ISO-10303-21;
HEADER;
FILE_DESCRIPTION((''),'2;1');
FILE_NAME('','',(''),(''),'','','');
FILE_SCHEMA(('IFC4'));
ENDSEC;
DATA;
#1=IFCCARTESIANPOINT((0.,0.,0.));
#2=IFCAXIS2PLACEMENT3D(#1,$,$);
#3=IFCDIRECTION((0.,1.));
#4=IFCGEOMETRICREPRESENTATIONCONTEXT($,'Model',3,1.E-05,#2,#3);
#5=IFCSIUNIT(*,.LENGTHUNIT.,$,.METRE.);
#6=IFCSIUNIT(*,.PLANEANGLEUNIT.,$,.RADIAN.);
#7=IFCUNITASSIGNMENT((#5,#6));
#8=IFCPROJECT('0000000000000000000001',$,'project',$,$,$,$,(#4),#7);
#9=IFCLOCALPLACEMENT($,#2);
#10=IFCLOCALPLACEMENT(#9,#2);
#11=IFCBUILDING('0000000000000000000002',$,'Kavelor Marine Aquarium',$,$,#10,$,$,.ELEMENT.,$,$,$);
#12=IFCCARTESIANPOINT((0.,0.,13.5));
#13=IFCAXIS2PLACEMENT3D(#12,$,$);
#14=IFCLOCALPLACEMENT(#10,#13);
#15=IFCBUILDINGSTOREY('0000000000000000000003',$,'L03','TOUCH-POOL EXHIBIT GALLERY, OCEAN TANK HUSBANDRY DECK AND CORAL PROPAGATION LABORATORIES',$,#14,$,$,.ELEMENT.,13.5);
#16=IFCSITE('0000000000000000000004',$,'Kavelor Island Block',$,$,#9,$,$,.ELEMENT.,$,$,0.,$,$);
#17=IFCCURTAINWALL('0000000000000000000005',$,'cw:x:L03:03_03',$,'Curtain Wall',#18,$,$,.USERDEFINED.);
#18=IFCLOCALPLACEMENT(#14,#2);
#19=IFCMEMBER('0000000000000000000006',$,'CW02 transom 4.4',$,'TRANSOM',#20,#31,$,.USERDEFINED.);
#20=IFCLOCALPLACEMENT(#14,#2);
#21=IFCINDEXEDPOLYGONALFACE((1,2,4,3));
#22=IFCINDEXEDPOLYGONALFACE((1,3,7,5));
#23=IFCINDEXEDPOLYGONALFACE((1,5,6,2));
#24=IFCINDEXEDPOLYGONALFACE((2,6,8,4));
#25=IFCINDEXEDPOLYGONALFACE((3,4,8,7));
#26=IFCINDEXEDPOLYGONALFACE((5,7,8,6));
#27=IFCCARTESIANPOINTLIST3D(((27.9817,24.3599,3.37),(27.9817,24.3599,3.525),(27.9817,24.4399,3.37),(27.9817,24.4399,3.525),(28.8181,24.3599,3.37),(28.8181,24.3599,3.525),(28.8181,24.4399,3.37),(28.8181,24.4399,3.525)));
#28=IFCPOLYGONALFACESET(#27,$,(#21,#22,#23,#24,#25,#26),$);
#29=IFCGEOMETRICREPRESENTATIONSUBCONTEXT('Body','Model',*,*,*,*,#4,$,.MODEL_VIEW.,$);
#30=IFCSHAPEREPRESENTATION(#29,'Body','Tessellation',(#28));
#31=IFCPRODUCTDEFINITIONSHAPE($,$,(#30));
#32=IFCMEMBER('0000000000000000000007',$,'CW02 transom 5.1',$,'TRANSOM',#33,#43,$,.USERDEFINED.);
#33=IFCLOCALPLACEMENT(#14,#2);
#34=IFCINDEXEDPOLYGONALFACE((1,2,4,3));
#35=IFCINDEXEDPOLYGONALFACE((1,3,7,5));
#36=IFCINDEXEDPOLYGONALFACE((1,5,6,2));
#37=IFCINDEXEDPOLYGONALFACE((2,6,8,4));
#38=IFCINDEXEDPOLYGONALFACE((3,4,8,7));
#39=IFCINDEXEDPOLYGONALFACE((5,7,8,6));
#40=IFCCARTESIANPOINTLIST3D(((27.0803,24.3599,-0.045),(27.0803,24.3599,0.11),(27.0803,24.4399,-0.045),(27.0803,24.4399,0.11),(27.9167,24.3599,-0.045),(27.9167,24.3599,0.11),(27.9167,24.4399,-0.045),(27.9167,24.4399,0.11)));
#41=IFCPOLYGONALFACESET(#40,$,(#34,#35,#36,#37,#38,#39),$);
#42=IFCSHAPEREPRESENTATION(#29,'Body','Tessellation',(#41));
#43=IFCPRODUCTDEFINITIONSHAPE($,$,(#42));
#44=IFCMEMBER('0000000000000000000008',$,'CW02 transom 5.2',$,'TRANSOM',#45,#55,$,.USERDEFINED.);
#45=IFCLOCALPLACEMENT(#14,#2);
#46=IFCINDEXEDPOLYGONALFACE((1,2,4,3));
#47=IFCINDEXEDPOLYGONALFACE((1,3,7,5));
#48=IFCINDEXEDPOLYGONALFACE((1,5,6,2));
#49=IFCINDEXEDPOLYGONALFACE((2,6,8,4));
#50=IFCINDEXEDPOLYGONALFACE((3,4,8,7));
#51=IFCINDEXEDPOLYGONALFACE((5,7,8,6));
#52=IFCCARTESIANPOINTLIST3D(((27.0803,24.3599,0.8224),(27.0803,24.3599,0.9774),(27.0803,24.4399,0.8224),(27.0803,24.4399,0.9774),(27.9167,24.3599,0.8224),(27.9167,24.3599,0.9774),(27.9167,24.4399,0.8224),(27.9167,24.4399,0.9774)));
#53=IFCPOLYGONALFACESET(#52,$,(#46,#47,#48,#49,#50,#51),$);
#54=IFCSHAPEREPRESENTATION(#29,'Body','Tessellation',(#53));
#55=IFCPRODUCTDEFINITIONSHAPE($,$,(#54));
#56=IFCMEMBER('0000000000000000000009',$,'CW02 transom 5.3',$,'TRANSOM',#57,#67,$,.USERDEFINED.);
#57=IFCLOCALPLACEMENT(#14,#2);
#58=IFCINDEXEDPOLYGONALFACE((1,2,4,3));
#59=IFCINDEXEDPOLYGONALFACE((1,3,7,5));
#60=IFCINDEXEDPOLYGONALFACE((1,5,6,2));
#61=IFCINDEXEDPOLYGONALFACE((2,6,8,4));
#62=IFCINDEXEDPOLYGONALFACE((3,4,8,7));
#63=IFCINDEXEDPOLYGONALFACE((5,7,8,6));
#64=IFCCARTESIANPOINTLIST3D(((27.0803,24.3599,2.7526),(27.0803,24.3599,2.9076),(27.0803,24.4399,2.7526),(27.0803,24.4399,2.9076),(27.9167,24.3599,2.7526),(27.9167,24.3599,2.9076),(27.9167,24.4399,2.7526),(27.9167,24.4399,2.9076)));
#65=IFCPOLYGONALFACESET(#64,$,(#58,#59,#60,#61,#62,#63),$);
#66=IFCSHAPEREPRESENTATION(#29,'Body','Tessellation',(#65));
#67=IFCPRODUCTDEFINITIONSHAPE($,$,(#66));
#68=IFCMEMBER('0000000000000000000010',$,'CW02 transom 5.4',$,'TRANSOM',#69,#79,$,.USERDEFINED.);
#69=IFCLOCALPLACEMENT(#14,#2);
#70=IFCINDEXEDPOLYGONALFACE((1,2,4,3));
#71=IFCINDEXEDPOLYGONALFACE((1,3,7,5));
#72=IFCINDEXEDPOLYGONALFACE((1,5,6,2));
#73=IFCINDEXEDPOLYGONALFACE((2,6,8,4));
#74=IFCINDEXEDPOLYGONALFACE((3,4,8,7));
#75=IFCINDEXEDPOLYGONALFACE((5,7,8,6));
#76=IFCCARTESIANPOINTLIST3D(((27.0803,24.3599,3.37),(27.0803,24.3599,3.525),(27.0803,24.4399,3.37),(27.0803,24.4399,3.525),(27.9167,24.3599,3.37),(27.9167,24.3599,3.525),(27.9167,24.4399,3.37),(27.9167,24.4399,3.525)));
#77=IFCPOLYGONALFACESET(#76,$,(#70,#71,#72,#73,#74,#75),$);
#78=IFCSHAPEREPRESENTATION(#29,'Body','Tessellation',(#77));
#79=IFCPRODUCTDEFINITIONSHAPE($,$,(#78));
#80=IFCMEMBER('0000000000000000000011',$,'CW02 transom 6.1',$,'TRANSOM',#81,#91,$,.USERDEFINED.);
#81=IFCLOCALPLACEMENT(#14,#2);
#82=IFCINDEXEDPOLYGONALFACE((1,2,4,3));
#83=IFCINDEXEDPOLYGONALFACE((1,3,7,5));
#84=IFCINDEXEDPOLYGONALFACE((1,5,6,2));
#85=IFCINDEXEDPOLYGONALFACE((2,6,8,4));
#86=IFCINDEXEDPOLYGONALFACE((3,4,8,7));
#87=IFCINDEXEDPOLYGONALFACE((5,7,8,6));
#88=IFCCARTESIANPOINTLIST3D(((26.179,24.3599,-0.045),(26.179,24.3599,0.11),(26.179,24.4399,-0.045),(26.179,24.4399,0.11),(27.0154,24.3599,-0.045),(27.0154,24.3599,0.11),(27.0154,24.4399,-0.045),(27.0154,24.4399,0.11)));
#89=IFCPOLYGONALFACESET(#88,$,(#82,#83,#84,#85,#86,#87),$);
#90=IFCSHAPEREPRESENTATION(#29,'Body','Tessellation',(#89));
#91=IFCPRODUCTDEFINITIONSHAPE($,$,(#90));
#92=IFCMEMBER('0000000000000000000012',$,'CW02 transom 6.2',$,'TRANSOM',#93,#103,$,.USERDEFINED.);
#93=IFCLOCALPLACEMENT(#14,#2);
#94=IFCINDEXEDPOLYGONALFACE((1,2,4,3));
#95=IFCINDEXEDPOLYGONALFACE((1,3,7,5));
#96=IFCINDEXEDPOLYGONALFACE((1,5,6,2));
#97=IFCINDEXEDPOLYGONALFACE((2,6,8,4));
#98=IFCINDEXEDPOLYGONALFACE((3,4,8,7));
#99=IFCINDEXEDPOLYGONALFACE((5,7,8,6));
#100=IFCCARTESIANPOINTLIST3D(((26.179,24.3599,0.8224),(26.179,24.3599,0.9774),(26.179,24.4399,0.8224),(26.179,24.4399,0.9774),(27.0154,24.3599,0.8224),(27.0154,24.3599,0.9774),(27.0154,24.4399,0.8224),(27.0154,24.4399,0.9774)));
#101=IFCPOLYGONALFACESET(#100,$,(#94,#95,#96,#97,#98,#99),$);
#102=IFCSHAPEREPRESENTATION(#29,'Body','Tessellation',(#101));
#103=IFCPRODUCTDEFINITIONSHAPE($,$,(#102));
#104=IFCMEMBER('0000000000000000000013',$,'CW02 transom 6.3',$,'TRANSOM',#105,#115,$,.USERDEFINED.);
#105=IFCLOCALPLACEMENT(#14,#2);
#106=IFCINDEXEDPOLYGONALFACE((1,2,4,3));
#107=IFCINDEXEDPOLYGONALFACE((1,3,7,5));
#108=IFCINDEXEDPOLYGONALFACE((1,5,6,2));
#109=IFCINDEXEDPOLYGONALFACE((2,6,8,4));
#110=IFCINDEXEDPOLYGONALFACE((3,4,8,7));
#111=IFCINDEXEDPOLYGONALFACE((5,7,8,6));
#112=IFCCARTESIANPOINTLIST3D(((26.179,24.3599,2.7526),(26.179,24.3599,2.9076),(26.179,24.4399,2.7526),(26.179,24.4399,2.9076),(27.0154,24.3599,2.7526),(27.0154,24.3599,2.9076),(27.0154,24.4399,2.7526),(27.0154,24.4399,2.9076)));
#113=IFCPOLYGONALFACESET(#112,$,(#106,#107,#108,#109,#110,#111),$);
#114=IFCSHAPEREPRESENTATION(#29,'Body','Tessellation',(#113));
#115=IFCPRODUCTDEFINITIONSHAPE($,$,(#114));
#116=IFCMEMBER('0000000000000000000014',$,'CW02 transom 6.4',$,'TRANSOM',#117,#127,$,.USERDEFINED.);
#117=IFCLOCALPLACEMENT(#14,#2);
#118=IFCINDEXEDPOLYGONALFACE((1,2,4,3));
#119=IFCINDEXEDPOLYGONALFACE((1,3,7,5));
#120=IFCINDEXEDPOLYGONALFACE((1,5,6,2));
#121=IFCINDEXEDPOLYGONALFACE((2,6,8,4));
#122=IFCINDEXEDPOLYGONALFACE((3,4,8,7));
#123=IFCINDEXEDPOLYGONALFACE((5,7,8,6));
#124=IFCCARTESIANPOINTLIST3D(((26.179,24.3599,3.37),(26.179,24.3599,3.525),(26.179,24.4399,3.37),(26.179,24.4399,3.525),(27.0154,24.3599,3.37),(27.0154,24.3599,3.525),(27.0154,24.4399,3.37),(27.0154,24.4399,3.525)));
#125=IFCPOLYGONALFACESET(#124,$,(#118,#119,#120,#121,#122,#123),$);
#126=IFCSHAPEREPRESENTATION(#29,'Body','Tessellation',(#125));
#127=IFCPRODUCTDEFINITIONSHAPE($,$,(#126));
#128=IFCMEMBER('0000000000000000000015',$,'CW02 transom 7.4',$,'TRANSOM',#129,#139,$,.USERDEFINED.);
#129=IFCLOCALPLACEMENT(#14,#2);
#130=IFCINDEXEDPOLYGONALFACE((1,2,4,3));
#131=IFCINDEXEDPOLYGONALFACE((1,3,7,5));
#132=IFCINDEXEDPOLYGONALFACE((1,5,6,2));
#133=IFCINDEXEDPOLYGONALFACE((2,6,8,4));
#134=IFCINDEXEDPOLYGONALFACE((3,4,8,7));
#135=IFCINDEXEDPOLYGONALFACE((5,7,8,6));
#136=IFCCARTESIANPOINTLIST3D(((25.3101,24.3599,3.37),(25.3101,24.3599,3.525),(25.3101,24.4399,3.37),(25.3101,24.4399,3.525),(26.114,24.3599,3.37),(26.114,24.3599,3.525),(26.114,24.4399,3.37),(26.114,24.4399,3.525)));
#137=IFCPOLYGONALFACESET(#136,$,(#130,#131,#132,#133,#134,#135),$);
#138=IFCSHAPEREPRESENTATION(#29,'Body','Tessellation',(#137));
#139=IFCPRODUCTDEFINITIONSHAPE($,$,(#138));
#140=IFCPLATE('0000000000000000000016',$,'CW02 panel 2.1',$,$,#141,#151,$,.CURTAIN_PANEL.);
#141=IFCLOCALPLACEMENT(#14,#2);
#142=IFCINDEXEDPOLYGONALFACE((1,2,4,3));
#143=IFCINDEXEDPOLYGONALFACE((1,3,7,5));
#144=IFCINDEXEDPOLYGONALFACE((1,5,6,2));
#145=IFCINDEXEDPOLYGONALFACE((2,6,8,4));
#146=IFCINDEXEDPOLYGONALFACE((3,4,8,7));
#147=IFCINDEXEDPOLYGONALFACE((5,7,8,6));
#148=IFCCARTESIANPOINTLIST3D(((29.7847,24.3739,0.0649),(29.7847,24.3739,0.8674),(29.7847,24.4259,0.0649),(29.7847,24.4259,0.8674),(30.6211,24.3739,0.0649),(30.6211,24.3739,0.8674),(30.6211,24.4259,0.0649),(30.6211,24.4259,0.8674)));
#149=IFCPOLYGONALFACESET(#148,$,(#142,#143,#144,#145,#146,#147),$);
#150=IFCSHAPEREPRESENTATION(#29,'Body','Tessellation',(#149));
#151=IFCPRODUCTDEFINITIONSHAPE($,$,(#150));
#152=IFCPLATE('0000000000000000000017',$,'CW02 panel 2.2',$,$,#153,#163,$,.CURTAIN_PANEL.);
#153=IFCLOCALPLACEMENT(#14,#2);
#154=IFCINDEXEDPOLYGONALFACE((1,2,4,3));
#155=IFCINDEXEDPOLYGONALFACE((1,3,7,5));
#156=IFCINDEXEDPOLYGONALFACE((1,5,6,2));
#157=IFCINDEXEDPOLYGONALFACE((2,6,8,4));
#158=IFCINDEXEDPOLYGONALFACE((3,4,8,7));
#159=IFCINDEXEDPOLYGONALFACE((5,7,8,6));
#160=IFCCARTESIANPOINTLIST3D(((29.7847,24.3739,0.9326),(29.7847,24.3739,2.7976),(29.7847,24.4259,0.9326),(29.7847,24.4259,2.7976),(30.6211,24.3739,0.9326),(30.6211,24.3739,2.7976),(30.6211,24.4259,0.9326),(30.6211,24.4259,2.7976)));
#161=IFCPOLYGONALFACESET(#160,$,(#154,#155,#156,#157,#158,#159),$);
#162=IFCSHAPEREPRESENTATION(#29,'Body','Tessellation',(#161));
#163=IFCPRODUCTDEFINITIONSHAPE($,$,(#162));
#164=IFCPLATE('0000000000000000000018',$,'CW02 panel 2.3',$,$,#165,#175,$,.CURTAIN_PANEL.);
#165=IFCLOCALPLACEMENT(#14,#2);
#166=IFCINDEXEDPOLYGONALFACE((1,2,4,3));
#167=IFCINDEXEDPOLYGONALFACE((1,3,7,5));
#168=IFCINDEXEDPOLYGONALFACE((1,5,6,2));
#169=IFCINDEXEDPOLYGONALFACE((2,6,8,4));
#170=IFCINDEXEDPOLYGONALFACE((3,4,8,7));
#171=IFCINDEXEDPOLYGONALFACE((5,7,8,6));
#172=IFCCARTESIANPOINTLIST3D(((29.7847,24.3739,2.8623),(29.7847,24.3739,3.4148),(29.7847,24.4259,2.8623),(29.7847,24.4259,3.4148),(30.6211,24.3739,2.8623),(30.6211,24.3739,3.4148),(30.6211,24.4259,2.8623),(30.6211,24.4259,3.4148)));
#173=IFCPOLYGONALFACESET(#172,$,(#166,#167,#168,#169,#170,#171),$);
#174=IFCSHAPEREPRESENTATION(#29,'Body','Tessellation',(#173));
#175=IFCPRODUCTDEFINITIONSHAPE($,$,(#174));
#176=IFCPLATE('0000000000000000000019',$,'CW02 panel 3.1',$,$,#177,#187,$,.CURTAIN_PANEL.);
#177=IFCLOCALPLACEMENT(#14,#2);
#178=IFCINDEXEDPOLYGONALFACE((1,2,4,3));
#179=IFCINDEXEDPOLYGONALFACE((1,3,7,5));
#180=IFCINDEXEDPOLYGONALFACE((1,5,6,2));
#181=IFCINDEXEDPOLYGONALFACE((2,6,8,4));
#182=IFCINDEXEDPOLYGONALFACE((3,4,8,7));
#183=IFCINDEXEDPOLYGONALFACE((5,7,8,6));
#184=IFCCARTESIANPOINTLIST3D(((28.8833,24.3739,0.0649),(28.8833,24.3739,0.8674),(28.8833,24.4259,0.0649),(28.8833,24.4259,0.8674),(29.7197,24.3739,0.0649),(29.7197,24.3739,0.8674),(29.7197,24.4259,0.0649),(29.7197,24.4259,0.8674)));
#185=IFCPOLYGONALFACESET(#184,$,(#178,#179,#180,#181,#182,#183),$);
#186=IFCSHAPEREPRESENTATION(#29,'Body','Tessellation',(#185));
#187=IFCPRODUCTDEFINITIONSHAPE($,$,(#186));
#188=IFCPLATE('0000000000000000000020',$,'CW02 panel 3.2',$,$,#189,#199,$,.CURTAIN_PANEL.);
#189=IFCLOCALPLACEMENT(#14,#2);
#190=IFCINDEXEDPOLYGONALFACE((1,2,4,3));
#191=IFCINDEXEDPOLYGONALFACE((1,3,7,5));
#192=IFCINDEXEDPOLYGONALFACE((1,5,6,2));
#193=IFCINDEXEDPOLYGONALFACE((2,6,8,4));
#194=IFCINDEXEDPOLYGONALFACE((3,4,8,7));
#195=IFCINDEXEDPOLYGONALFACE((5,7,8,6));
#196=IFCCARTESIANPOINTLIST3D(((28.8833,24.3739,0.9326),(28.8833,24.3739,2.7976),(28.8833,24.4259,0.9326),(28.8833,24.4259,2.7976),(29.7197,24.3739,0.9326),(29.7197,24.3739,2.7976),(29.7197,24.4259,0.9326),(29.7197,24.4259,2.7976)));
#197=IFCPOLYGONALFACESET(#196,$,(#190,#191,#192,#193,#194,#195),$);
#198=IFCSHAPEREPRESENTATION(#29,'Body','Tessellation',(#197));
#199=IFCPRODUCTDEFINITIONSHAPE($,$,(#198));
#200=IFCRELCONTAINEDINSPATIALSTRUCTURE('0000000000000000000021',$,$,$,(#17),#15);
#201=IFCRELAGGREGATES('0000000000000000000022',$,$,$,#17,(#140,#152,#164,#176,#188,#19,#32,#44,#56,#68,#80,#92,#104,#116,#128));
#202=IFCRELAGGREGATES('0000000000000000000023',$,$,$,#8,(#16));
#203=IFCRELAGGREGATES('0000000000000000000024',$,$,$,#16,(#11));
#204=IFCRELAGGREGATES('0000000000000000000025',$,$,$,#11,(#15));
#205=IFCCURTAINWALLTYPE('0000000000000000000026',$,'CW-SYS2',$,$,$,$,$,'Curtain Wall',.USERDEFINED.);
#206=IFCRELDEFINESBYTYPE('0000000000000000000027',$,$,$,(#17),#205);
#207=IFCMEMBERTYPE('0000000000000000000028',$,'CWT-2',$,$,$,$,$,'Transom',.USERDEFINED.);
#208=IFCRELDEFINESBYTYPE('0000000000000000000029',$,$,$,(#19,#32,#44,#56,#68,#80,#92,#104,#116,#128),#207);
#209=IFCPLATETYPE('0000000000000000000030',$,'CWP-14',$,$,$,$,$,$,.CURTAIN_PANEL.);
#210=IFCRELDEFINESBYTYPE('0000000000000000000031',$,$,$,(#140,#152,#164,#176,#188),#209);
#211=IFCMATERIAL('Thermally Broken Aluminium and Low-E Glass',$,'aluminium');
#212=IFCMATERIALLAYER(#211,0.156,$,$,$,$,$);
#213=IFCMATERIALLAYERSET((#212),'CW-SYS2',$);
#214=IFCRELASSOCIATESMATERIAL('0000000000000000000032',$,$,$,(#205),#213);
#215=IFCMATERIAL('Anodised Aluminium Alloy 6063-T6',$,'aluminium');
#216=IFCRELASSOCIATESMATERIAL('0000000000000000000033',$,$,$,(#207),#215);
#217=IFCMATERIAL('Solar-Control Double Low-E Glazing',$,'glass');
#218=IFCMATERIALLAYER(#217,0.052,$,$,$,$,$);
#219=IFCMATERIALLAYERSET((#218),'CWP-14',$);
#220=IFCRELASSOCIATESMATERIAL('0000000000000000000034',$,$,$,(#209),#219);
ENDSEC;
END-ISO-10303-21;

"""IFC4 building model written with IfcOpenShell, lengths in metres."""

from ifc_helpers import new_model, si_unit, direction, frame, origin, origin_2d, place, context, subcontext, project, spatial, rectangle, extrude, material, layer, layer_set, material_profile, profile_set, type_object, element, aggregate, save


model = new_model("IFC4")

# Units and contexts
model_context = context("Model", 3, precision=1e-05, world=origin(), true_north=direction((0.0, 1.0)))
body_context = subcontext(model_context, "Body", "Model", "MODEL_VIEW")
ifc_project = project(units=[si_unit("LENGTHUNIT", "METRE"), si_unit("PLANEANGLEUNIT", "RADIAN")], contexts=[model_context])

# Site, building, storey
site_placement = place(None, origin())
site = spatial("IfcSite", under=ifc_project, at=site_placement, Name="Kavelor Island Block", CompositionType="ELEMENT", RefElevation=0.0)
building_placement = place(site_placement, origin())
building = spatial("IfcBuilding", under=site, at=building_placement, Name="Kavelor Marine Aquarium", CompositionType="ELEMENT")
storey_placement = place(building_placement, frame((0.0, 0.0, 13.5)))
storey = spatial("IfcBuildingStorey", under=building, at=storey_placement, Name="L03", Description="TOUCH-POOL EXHIBIT GALLERY, OCEAN TANK HUSBANDRY DECK AND CORAL PROPAGATION LABORATORIES", CompositionType="ELEMENT", Elevation=13.5)

# Curtain wall, members, plates
ifc_material_1 = material(Name="Thermally Broken Aluminium and Low-E Glass", Category="aluminium")
ifc_layer_1 = layer(ifc_material_1, 0.156)
ifc_layer_set_1 = layer_set([ifc_layer_1], Name="CW-SYS2")
curtain_wall_type = type_object("IfcCurtainWallType", Name="CW-SYS2", ElementType="Curtain Wall", PredefinedType="USERDEFINED", material=ifc_layer_set_1)
curtain_wall_placement = place(storey_placement, origin())
curtain_wall = element("IfcCurtainWall", 1, at=curtain_wall_placement, inside=storey, type_object=curtain_wall_type, Name="cw:x:L03:03_03", ObjectType="Curtain Wall", PredefinedType="USERDEFINED")
ifc_material_2 = material(Name="Anodised Aluminium Alloy 6063-T6", Category="aluminium")
ifc_material_profile_1 = material_profile(ifc_material_2, rectangle(XDim=0.0801, YDim=0.155, at=origin_2d()), Name="CW-TRN 80x155")
ifc_profile_set_1 = profile_set([ifc_material_profile_1], Name="Anodised Aluminium Alloy 6063-T6")
member_type_1 = type_object("IfcMemberType", Name="CWT-2", ElementType="Transom", PredefinedType="USERDEFINED", material=ifc_profile_set_1)
member_1_placement = place(storey_placement, frame((28.8181, 24.3999, 3.4475), z_axis=(-1.0, 0.0, 0.0), x_axis=(0.0, -1.0, 0.0)))
member_1 = element("IfcMember", 2, at=member_1_placement, type_object=member_type_1, Name="CW02 transom 4.4", ObjectType="TRANSOM", PredefinedType="USERDEFINED", context=body_context, shape_type="SweptSolid", body=[
    extrude(rectangle(XDim=0.0801, YDim=0.155, at=origin_2d()), origin(), (0.0, 0.0, 1.0), 0.8364),
])
member_2_placement = place(storey_placement, frame((27.9167, 24.3999, 0.0325), z_axis=(-1.0, 0.0, 0.0), x_axis=(0.0, -1.0, 0.0)))
member_2 = element("IfcMember", 3, at=member_2_placement, type_object=member_type_1, Name="CW02 transom 5.1", ObjectType="TRANSOM", PredefinedType="USERDEFINED", context=body_context, shape_type="SweptSolid", body=[
    extrude(rectangle(XDim=0.0801, YDim=0.155, at=origin_2d()), origin(), (0.0, 0.0, 1.0), 0.8364),
])
member_3_placement = place(storey_placement, frame((27.9167, 24.3999, 0.8999), z_axis=(-1.0, 0.0, 0.0), x_axis=(0.0, -1.0, 0.0)))
member_3 = element("IfcMember", 4, at=member_3_placement, type_object=member_type_1, Name="CW02 transom 5.2", ObjectType="TRANSOM", PredefinedType="USERDEFINED", context=body_context, shape_type="SweptSolid", body=[
    extrude(rectangle(XDim=0.0801, YDim=0.155, at=origin_2d()), origin(), (0.0, 0.0, 1.0), 0.8364),
])
member_4_placement = place(storey_placement, frame((27.9167, 24.3999, 2.8301), z_axis=(-1.0, 0.0, 0.0), x_axis=(0.0, -1.0, 0.0)))
member_4 = element("IfcMember", 5, at=member_4_placement, type_object=member_type_1, Name="CW02 transom 5.3", ObjectType="TRANSOM", PredefinedType="USERDEFINED", context=body_context, shape_type="SweptSolid", body=[
    extrude(rectangle(XDim=0.0801, YDim=0.155, at=origin_2d()), origin(), (0.0, 0.0, 1.0), 0.8364),
])
member_5_placement = place(storey_placement, frame((27.9167, 24.3999, 3.4475), z_axis=(-1.0, 0.0, 0.0), x_axis=(0.0, -1.0, 0.0)))
member_5 = element("IfcMember", 6, at=member_5_placement, type_object=member_type_1, Name="CW02 transom 5.4", ObjectType="TRANSOM", PredefinedType="USERDEFINED", context=body_context, shape_type="SweptSolid", body=[
    extrude(rectangle(XDim=0.0801, YDim=0.155, at=origin_2d()), origin(), (0.0, 0.0, 1.0), 0.8364),
])
member_6_placement = place(storey_placement, frame((27.0154, 24.3999, 0.0325), z_axis=(-1.0, 0.0, 0.0), x_axis=(0.0, -1.0, 0.0)))
member_6 = element("IfcMember", 7, at=member_6_placement, type_object=member_type_1, Name="CW02 transom 6.1", ObjectType="TRANSOM", PredefinedType="USERDEFINED", context=body_context, shape_type="SweptSolid", body=[
    extrude(rectangle(XDim=0.0801, YDim=0.155, at=origin_2d()), origin(), (0.0, 0.0, 1.0), 0.8364),
])
member_7_placement = place(storey_placement, frame((27.0154, 24.3999, 0.8999), z_axis=(-1.0, 0.0, 0.0), x_axis=(0.0, -1.0, 0.0)))
member_7 = element("IfcMember", 8, at=member_7_placement, type_object=member_type_1, Name="CW02 transom 6.2", ObjectType="TRANSOM", PredefinedType="USERDEFINED", context=body_context, shape_type="SweptSolid", body=[
    extrude(rectangle(XDim=0.0801, YDim=0.155, at=origin_2d()), origin(), (0.0, 0.0, 1.0), 0.8364),
])
member_8_placement = place(storey_placement, frame((27.0154, 24.3999, 2.8301), z_axis=(-1.0, 0.0, 0.0), x_axis=(0.0, -1.0, 0.0)))
member_8 = element("IfcMember", 9, at=member_8_placement, type_object=member_type_1, Name="CW02 transom 6.3", ObjectType="TRANSOM", PredefinedType="USERDEFINED", context=body_context, shape_type="SweptSolid", body=[
    extrude(rectangle(XDim=0.0801, YDim=0.155, at=origin_2d()), origin(), (0.0, 0.0, 1.0), 0.8364),
])
member_9_placement = place(storey_placement, frame((27.0154, 24.3999, 3.4475), z_axis=(-1.0, 0.0, 0.0), x_axis=(0.0, -1.0, 0.0)))
member_9 = element("IfcMember", 10, at=member_9_placement, type_object=member_type_1, Name="CW02 transom 6.4", ObjectType="TRANSOM", PredefinedType="USERDEFINED", context=body_context, shape_type="SweptSolid", body=[
    extrude(rectangle(XDim=0.0801, YDim=0.155, at=origin_2d()), origin(), (0.0, 0.0, 1.0), 0.8364),
])
member_10_placement = place(storey_placement, frame((26.114, 24.3999, 3.4475), z_axis=(-1.0, 0.0, 0.0), x_axis=(0.0, -1.0, 0.0)))
member_10 = element("IfcMember", 11, at=member_10_placement, type_object=member_type_1, Name="CW02 transom 7.4", ObjectType="TRANSOM", PredefinedType="USERDEFINED", context=body_context, shape_type="SweptSolid", body=[
    extrude(rectangle(XDim=0.0801, YDim=0.155, at=origin_2d()), origin(), (0.0, 0.0, 1.0), 0.804),
])
ifc_material_3 = material(Name="Solar-Control Double Low-E Glazing", Category="glass")
ifc_layer_2 = layer(ifc_material_3, 0.052)
ifc_layer_set_2 = layer_set([ifc_layer_2], Name="CWP-14")
plate_type = type_object("IfcPlateType", Name="CWP-14", PredefinedType="CURTAIN_PANEL", material=ifc_layer_set_2)
plate_1_placement = place(storey_placement, frame((30.2029, 24.3999, 0.0649), z_axis=(0.0, 0.0, 1.0), x_axis=(-1.0, 0.0, 0.0)))
plate_1 = element("IfcPlate", 12, at=plate_1_placement, type_object=plate_type, Name="CW02 panel 2.1", PredefinedType="CURTAIN_PANEL", context=body_context, shape_type="SweptSolid", body=[
    extrude(rectangle(XDim=0.8364, YDim=0.052, at=origin_2d()), origin(), (0.0, 0.0, 1.0), 0.8025),
])
plate_2_placement = place(storey_placement, frame((30.2029, 24.3999, 0.9326), z_axis=(0.0, 0.0, 1.0), x_axis=(-1.0, 0.0, 0.0)))
plate_2 = element("IfcPlate", 13, at=plate_2_placement, type_object=plate_type, Name="CW02 panel 2.2", PredefinedType="CURTAIN_PANEL", context=body_context, shape_type="SweptSolid", body=[
    extrude(rectangle(XDim=0.8364, YDim=0.052, at=origin_2d()), origin(), (0.0, 0.0, 1.0), 1.865),
])
plate_3_placement = place(storey_placement, frame((30.2029, 24.3999, 2.8623), z_axis=(0.0, 0.0, 1.0), x_axis=(-1.0, 0.0, 0.0)))
plate_3 = element("IfcPlate", 14, at=plate_3_placement, type_object=plate_type, Name="CW02 panel 2.3", PredefinedType="CURTAIN_PANEL", context=body_context, shape_type="SweptSolid", body=[
    extrude(rectangle(XDim=0.8364, YDim=0.052, at=origin_2d()), origin(), (0.0, 0.0, 1.0), 0.5525),
])
plate_4_placement = place(storey_placement, frame((29.3015, 24.3999, 0.0649), z_axis=(0.0, 0.0, 1.0), x_axis=(-1.0, 0.0, 0.0)))
plate_4 = element("IfcPlate", 15, at=plate_4_placement, type_object=plate_type, Name="CW02 panel 3.1", PredefinedType="CURTAIN_PANEL", context=body_context, shape_type="SweptSolid", body=[
    extrude(rectangle(XDim=0.8364, YDim=0.052, at=origin_2d()), origin(), (0.0, 0.0, 1.0), 0.8025),
])
plate_5_placement = place(storey_placement, frame((29.3015, 24.3999, 0.9326), z_axis=(0.0, 0.0, 1.0), x_axis=(-1.0, 0.0, 0.0)))
plate_5 = element("IfcPlate", 16, at=plate_5_placement, type_object=plate_type, Name="CW02 panel 3.2", PredefinedType="CURTAIN_PANEL", context=body_context, shape_type="SweptSolid", body=[
    extrude(rectangle(XDim=0.8364, YDim=0.052, at=origin_2d()), origin(), (0.0, 0.0, 1.0), 1.865),
])
aggregate(curtain_wall, [plate_1, plate_2, plate_3, plate_4, plate_5, member_1, member_2, member_3, member_4, member_5, member_6, member_7, member_8, member_9, member_10])

save(model, "model.ifc")
